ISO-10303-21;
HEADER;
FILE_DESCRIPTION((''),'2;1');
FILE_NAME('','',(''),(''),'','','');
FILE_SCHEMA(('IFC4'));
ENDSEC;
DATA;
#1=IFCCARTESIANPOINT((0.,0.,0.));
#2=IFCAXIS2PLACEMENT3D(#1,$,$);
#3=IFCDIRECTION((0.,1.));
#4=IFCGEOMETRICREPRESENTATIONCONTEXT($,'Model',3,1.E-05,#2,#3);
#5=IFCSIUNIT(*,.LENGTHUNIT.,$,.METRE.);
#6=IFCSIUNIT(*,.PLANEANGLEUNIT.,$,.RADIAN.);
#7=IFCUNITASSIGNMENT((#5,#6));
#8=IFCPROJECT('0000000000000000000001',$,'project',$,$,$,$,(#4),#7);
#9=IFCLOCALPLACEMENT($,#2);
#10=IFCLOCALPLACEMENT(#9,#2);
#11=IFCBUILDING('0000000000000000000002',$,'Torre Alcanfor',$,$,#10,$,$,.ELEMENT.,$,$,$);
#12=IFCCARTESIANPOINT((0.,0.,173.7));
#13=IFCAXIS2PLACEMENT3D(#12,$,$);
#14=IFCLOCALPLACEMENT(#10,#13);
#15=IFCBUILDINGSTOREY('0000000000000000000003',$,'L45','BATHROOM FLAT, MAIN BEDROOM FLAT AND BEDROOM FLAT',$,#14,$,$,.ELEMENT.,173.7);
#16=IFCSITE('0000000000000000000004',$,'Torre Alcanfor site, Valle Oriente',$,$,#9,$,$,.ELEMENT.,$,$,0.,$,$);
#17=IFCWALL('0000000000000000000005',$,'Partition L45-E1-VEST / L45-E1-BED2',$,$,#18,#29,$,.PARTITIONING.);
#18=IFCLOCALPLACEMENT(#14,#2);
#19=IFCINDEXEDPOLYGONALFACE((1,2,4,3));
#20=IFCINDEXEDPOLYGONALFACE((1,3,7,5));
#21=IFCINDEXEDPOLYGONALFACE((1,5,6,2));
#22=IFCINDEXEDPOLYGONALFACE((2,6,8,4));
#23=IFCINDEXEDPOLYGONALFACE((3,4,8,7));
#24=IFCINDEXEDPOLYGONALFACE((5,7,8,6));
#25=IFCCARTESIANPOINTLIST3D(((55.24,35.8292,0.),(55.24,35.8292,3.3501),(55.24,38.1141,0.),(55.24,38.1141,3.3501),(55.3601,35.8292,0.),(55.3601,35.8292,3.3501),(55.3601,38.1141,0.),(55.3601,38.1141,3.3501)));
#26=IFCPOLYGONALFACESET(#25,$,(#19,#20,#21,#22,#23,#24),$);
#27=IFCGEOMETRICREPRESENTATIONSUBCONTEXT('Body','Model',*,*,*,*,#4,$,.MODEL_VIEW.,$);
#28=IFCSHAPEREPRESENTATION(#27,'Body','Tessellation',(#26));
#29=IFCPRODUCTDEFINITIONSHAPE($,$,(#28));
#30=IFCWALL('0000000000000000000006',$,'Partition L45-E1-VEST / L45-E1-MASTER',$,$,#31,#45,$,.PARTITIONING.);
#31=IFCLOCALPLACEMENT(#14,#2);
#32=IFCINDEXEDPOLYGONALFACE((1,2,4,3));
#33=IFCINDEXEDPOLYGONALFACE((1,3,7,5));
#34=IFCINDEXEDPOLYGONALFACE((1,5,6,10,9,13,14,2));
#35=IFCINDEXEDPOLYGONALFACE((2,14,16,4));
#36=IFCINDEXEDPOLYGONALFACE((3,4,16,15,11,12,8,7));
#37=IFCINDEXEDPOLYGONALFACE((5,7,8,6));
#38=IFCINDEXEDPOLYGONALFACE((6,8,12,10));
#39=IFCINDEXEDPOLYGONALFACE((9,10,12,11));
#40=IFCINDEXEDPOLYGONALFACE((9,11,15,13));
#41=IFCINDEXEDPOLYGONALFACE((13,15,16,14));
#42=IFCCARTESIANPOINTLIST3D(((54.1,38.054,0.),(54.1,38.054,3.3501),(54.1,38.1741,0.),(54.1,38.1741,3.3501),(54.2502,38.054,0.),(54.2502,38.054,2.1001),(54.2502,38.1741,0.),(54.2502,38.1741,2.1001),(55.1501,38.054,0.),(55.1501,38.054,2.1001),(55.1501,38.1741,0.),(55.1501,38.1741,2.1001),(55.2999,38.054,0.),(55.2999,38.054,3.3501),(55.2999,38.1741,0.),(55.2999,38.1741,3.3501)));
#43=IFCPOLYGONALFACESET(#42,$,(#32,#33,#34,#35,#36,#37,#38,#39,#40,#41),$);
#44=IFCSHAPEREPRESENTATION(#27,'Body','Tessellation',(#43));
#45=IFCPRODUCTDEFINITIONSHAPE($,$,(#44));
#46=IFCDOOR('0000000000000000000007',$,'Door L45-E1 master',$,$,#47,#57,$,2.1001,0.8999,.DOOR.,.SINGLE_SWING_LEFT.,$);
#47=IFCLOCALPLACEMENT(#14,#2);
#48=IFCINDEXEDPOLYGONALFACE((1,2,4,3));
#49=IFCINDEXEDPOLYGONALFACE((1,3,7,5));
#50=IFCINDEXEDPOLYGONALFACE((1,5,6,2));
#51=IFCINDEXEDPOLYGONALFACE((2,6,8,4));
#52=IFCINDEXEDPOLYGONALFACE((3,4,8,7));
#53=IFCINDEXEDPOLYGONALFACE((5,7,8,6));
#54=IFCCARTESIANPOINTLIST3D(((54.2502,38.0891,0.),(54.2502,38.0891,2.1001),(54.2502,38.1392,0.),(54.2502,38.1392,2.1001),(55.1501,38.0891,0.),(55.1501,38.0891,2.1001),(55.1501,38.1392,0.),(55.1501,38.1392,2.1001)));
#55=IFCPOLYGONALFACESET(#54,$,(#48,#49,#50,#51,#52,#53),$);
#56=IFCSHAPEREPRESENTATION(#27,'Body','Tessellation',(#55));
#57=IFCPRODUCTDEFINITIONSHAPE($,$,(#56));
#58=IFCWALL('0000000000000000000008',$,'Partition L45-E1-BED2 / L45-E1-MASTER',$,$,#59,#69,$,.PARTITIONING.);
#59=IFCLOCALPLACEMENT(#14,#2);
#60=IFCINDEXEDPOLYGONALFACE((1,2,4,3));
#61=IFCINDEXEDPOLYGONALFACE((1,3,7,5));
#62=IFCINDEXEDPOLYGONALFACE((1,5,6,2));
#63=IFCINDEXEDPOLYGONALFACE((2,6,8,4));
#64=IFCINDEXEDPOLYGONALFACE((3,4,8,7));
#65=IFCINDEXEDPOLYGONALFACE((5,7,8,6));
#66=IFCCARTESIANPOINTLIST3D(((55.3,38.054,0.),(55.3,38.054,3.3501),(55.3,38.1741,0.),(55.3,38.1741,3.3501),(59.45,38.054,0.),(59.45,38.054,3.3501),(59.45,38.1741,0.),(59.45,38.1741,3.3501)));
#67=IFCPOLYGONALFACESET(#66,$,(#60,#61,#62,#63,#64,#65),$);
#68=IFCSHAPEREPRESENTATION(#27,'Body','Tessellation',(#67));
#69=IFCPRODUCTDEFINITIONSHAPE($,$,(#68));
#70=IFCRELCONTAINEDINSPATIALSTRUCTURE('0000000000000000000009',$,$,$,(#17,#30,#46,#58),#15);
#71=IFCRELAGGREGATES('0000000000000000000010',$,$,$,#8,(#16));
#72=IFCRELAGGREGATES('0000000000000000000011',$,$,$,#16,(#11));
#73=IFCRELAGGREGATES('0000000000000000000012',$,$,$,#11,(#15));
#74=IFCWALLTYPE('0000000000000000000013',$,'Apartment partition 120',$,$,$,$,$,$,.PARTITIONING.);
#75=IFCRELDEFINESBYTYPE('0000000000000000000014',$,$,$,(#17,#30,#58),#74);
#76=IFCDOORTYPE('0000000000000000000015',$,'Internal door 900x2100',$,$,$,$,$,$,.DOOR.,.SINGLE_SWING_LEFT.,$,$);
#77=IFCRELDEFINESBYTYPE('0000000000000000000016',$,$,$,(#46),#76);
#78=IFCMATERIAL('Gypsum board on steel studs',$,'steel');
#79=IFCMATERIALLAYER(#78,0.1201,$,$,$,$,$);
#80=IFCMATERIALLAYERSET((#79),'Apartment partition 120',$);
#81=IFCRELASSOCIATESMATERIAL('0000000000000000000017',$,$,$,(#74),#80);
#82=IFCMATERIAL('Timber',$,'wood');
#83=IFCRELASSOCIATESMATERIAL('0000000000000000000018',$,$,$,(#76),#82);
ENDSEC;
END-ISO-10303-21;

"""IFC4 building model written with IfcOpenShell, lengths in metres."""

from ifc_helpers import new_model, si_unit, direction, frame, frame_2d, origin, place, context, subcontext, project, spatial, rectangle, extrude, material, layer, layer_set, type_object, element, fill, save


model = new_model("IFC4")

# Units and contexts
model_context = context("Model", 3, precision=1e-05, world=origin(), true_north=direction((0.0, 1.0)))
body_context = subcontext(model_context, "Body", "Model", "MODEL_VIEW")
ifc_project = project(units=[si_unit("LENGTHUNIT", "METRE"), si_unit("PLANEANGLEUNIT", "RADIAN")], contexts=[model_context])

# Site, building, storey
site_placement = place(None, origin())
site = spatial("IfcSite", under=ifc_project, at=site_placement, Name="Torre Alcanfor site, Valle Oriente", CompositionType="ELEMENT", RefElevation=0.0)
building_placement = place(site_placement, origin())
building = spatial("IfcBuilding", under=site, at=building_placement, Name="Torre Alcanfor", CompositionType="ELEMENT")
storey_placement = place(building_placement, frame((0.0, 0.0, 173.7)))
storey = spatial("IfcBuildingStorey", under=building, at=storey_placement, Name="L45", Description="BATHROOM FLAT, MAIN BEDROOM FLAT AND BEDROOM FLAT", CompositionType="ELEMENT", Elevation=173.7)

# Wall
ifc_material_1 = material(Name="Gypsum board on steel studs", Category="steel")
ifc_layer_1 = layer(ifc_material_1, 0.1201)
ifc_layer_set_1 = layer_set([ifc_layer_1], Name="Apartment partition 120")
wall_type_1 = type_object("IfcWallType", Name="Apartment partition 120", PredefinedType="PARTITIONING", material=ifc_layer_set_1)
wall_1_placement = place(storey_placement, frame((55.3, 35.8291, 0.0), z_axis=(0.0, 0.0, 1.0), x_axis=(0.0, 1.0, 0.0)))
element("IfcWall", 1, at=wall_1_placement, inside=storey, type_object=wall_type_1, Name="Partition L45-E1-VEST / L45-E1-BED2", PredefinedType="PARTITIONING", context=body_context, shape_type="SweptSolid", body=[
    extrude(rectangle(XDim=2.2849, YDim=0.1201, at=frame_2d((1.1426, 0.0))), origin(), (0.0, 0.0, 1.0), 3.3501),
])

# Wall, opening, door
wall_2_placement = place(storey_placement, frame((55.3, 38.114, 0.0), z_axis=(0.0, 0.0, 1.0), x_axis=(-1.0, 0.0, 0.0)))
wall_2 = element("IfcWall", 2, at=wall_2_placement, inside=storey, type_object=wall_type_1, Name="Partition L45-E1-VEST / L45-E1-MASTER", PredefinedType="PARTITIONING", context=body_context, shape_type="SweptSolid", body=[
    extrude(rectangle(XDim=1.2, YDim=0.1201, at=frame_2d((0.6001, 0.0))), origin(), (0.0, 0.0, 1.0), 3.3501),
])
opening_1_placement = place(wall_2_placement, frame((0.1499, 0.0, 0.0)))
opening_1 = element("IfcOpeningElement", 3, at=opening_1_placement, cuts=wall_2, PredefinedType="OPENING", context=body_context, shape_type="SweptSolid", body=[
    extrude(rectangle(XDim=0.8999, YDim=2.1001, at=frame_2d((0.45, 1.05))), frame((0.0, 0.0701, 0.0), z_axis=(0.0, -1.0, 0.0), x_axis=(1.0, 0.0, 0.0)), (0.0, 0.0, 1.0), 0.1401),
])
ifc_material_2 = material(Name="Timber", Category="wood")
door_type_1 = type_object("IfcDoorType", Name="Internal door 900x2100", OperationType="SINGLE_SWING_LEFT", PredefinedType="DOOR", material=ifc_material_2)
door_1_placement = place(opening_1_placement, origin())
door_1 = element("IfcDoor", 4, at=door_1_placement, inside=storey, type_object=door_type_1, Name="Door L45-E1 master", OperationType="SINGLE_SWING_LEFT", OverallHeight=2.1001, OverallWidth=0.8999, PredefinedType="DOOR", context=body_context, shape_type="SweptSolid", body=[
    extrude(rectangle(XDim=0.8999, YDim=2.1001, at=frame_2d((0.45, 1.05))), frame((0.0, 0.0249, 0.0), z_axis=(0.0, -1.0, 0.0), x_axis=(1.0, 0.0, 0.0)), (0.0, 0.0, 1.0), 0.05),
])
fill(opening_1, door_1)

# Wall
wall_3_placement = place(storey_placement, frame((59.45, 38.114, 0.0), z_axis=(0.0, 0.0, 1.0), x_axis=(-1.0, 0.0, 0.0)))
element("IfcWall", 5, at=wall_3_placement, inside=storey, type_object=wall_type_1, Name="Partition L45-E1-BED2 / L45-E1-MASTER", PredefinedType="PARTITIONING", context=body_context, shape_type="SweptSolid", body=[
    extrude(rectangle(XDim=4.1499, YDim=0.1201, at=frame_2d((2.075, 0.0))), origin(), (0.0, 0.0, 1.0), 3.3501),
])

save(model, "model.ifc")
